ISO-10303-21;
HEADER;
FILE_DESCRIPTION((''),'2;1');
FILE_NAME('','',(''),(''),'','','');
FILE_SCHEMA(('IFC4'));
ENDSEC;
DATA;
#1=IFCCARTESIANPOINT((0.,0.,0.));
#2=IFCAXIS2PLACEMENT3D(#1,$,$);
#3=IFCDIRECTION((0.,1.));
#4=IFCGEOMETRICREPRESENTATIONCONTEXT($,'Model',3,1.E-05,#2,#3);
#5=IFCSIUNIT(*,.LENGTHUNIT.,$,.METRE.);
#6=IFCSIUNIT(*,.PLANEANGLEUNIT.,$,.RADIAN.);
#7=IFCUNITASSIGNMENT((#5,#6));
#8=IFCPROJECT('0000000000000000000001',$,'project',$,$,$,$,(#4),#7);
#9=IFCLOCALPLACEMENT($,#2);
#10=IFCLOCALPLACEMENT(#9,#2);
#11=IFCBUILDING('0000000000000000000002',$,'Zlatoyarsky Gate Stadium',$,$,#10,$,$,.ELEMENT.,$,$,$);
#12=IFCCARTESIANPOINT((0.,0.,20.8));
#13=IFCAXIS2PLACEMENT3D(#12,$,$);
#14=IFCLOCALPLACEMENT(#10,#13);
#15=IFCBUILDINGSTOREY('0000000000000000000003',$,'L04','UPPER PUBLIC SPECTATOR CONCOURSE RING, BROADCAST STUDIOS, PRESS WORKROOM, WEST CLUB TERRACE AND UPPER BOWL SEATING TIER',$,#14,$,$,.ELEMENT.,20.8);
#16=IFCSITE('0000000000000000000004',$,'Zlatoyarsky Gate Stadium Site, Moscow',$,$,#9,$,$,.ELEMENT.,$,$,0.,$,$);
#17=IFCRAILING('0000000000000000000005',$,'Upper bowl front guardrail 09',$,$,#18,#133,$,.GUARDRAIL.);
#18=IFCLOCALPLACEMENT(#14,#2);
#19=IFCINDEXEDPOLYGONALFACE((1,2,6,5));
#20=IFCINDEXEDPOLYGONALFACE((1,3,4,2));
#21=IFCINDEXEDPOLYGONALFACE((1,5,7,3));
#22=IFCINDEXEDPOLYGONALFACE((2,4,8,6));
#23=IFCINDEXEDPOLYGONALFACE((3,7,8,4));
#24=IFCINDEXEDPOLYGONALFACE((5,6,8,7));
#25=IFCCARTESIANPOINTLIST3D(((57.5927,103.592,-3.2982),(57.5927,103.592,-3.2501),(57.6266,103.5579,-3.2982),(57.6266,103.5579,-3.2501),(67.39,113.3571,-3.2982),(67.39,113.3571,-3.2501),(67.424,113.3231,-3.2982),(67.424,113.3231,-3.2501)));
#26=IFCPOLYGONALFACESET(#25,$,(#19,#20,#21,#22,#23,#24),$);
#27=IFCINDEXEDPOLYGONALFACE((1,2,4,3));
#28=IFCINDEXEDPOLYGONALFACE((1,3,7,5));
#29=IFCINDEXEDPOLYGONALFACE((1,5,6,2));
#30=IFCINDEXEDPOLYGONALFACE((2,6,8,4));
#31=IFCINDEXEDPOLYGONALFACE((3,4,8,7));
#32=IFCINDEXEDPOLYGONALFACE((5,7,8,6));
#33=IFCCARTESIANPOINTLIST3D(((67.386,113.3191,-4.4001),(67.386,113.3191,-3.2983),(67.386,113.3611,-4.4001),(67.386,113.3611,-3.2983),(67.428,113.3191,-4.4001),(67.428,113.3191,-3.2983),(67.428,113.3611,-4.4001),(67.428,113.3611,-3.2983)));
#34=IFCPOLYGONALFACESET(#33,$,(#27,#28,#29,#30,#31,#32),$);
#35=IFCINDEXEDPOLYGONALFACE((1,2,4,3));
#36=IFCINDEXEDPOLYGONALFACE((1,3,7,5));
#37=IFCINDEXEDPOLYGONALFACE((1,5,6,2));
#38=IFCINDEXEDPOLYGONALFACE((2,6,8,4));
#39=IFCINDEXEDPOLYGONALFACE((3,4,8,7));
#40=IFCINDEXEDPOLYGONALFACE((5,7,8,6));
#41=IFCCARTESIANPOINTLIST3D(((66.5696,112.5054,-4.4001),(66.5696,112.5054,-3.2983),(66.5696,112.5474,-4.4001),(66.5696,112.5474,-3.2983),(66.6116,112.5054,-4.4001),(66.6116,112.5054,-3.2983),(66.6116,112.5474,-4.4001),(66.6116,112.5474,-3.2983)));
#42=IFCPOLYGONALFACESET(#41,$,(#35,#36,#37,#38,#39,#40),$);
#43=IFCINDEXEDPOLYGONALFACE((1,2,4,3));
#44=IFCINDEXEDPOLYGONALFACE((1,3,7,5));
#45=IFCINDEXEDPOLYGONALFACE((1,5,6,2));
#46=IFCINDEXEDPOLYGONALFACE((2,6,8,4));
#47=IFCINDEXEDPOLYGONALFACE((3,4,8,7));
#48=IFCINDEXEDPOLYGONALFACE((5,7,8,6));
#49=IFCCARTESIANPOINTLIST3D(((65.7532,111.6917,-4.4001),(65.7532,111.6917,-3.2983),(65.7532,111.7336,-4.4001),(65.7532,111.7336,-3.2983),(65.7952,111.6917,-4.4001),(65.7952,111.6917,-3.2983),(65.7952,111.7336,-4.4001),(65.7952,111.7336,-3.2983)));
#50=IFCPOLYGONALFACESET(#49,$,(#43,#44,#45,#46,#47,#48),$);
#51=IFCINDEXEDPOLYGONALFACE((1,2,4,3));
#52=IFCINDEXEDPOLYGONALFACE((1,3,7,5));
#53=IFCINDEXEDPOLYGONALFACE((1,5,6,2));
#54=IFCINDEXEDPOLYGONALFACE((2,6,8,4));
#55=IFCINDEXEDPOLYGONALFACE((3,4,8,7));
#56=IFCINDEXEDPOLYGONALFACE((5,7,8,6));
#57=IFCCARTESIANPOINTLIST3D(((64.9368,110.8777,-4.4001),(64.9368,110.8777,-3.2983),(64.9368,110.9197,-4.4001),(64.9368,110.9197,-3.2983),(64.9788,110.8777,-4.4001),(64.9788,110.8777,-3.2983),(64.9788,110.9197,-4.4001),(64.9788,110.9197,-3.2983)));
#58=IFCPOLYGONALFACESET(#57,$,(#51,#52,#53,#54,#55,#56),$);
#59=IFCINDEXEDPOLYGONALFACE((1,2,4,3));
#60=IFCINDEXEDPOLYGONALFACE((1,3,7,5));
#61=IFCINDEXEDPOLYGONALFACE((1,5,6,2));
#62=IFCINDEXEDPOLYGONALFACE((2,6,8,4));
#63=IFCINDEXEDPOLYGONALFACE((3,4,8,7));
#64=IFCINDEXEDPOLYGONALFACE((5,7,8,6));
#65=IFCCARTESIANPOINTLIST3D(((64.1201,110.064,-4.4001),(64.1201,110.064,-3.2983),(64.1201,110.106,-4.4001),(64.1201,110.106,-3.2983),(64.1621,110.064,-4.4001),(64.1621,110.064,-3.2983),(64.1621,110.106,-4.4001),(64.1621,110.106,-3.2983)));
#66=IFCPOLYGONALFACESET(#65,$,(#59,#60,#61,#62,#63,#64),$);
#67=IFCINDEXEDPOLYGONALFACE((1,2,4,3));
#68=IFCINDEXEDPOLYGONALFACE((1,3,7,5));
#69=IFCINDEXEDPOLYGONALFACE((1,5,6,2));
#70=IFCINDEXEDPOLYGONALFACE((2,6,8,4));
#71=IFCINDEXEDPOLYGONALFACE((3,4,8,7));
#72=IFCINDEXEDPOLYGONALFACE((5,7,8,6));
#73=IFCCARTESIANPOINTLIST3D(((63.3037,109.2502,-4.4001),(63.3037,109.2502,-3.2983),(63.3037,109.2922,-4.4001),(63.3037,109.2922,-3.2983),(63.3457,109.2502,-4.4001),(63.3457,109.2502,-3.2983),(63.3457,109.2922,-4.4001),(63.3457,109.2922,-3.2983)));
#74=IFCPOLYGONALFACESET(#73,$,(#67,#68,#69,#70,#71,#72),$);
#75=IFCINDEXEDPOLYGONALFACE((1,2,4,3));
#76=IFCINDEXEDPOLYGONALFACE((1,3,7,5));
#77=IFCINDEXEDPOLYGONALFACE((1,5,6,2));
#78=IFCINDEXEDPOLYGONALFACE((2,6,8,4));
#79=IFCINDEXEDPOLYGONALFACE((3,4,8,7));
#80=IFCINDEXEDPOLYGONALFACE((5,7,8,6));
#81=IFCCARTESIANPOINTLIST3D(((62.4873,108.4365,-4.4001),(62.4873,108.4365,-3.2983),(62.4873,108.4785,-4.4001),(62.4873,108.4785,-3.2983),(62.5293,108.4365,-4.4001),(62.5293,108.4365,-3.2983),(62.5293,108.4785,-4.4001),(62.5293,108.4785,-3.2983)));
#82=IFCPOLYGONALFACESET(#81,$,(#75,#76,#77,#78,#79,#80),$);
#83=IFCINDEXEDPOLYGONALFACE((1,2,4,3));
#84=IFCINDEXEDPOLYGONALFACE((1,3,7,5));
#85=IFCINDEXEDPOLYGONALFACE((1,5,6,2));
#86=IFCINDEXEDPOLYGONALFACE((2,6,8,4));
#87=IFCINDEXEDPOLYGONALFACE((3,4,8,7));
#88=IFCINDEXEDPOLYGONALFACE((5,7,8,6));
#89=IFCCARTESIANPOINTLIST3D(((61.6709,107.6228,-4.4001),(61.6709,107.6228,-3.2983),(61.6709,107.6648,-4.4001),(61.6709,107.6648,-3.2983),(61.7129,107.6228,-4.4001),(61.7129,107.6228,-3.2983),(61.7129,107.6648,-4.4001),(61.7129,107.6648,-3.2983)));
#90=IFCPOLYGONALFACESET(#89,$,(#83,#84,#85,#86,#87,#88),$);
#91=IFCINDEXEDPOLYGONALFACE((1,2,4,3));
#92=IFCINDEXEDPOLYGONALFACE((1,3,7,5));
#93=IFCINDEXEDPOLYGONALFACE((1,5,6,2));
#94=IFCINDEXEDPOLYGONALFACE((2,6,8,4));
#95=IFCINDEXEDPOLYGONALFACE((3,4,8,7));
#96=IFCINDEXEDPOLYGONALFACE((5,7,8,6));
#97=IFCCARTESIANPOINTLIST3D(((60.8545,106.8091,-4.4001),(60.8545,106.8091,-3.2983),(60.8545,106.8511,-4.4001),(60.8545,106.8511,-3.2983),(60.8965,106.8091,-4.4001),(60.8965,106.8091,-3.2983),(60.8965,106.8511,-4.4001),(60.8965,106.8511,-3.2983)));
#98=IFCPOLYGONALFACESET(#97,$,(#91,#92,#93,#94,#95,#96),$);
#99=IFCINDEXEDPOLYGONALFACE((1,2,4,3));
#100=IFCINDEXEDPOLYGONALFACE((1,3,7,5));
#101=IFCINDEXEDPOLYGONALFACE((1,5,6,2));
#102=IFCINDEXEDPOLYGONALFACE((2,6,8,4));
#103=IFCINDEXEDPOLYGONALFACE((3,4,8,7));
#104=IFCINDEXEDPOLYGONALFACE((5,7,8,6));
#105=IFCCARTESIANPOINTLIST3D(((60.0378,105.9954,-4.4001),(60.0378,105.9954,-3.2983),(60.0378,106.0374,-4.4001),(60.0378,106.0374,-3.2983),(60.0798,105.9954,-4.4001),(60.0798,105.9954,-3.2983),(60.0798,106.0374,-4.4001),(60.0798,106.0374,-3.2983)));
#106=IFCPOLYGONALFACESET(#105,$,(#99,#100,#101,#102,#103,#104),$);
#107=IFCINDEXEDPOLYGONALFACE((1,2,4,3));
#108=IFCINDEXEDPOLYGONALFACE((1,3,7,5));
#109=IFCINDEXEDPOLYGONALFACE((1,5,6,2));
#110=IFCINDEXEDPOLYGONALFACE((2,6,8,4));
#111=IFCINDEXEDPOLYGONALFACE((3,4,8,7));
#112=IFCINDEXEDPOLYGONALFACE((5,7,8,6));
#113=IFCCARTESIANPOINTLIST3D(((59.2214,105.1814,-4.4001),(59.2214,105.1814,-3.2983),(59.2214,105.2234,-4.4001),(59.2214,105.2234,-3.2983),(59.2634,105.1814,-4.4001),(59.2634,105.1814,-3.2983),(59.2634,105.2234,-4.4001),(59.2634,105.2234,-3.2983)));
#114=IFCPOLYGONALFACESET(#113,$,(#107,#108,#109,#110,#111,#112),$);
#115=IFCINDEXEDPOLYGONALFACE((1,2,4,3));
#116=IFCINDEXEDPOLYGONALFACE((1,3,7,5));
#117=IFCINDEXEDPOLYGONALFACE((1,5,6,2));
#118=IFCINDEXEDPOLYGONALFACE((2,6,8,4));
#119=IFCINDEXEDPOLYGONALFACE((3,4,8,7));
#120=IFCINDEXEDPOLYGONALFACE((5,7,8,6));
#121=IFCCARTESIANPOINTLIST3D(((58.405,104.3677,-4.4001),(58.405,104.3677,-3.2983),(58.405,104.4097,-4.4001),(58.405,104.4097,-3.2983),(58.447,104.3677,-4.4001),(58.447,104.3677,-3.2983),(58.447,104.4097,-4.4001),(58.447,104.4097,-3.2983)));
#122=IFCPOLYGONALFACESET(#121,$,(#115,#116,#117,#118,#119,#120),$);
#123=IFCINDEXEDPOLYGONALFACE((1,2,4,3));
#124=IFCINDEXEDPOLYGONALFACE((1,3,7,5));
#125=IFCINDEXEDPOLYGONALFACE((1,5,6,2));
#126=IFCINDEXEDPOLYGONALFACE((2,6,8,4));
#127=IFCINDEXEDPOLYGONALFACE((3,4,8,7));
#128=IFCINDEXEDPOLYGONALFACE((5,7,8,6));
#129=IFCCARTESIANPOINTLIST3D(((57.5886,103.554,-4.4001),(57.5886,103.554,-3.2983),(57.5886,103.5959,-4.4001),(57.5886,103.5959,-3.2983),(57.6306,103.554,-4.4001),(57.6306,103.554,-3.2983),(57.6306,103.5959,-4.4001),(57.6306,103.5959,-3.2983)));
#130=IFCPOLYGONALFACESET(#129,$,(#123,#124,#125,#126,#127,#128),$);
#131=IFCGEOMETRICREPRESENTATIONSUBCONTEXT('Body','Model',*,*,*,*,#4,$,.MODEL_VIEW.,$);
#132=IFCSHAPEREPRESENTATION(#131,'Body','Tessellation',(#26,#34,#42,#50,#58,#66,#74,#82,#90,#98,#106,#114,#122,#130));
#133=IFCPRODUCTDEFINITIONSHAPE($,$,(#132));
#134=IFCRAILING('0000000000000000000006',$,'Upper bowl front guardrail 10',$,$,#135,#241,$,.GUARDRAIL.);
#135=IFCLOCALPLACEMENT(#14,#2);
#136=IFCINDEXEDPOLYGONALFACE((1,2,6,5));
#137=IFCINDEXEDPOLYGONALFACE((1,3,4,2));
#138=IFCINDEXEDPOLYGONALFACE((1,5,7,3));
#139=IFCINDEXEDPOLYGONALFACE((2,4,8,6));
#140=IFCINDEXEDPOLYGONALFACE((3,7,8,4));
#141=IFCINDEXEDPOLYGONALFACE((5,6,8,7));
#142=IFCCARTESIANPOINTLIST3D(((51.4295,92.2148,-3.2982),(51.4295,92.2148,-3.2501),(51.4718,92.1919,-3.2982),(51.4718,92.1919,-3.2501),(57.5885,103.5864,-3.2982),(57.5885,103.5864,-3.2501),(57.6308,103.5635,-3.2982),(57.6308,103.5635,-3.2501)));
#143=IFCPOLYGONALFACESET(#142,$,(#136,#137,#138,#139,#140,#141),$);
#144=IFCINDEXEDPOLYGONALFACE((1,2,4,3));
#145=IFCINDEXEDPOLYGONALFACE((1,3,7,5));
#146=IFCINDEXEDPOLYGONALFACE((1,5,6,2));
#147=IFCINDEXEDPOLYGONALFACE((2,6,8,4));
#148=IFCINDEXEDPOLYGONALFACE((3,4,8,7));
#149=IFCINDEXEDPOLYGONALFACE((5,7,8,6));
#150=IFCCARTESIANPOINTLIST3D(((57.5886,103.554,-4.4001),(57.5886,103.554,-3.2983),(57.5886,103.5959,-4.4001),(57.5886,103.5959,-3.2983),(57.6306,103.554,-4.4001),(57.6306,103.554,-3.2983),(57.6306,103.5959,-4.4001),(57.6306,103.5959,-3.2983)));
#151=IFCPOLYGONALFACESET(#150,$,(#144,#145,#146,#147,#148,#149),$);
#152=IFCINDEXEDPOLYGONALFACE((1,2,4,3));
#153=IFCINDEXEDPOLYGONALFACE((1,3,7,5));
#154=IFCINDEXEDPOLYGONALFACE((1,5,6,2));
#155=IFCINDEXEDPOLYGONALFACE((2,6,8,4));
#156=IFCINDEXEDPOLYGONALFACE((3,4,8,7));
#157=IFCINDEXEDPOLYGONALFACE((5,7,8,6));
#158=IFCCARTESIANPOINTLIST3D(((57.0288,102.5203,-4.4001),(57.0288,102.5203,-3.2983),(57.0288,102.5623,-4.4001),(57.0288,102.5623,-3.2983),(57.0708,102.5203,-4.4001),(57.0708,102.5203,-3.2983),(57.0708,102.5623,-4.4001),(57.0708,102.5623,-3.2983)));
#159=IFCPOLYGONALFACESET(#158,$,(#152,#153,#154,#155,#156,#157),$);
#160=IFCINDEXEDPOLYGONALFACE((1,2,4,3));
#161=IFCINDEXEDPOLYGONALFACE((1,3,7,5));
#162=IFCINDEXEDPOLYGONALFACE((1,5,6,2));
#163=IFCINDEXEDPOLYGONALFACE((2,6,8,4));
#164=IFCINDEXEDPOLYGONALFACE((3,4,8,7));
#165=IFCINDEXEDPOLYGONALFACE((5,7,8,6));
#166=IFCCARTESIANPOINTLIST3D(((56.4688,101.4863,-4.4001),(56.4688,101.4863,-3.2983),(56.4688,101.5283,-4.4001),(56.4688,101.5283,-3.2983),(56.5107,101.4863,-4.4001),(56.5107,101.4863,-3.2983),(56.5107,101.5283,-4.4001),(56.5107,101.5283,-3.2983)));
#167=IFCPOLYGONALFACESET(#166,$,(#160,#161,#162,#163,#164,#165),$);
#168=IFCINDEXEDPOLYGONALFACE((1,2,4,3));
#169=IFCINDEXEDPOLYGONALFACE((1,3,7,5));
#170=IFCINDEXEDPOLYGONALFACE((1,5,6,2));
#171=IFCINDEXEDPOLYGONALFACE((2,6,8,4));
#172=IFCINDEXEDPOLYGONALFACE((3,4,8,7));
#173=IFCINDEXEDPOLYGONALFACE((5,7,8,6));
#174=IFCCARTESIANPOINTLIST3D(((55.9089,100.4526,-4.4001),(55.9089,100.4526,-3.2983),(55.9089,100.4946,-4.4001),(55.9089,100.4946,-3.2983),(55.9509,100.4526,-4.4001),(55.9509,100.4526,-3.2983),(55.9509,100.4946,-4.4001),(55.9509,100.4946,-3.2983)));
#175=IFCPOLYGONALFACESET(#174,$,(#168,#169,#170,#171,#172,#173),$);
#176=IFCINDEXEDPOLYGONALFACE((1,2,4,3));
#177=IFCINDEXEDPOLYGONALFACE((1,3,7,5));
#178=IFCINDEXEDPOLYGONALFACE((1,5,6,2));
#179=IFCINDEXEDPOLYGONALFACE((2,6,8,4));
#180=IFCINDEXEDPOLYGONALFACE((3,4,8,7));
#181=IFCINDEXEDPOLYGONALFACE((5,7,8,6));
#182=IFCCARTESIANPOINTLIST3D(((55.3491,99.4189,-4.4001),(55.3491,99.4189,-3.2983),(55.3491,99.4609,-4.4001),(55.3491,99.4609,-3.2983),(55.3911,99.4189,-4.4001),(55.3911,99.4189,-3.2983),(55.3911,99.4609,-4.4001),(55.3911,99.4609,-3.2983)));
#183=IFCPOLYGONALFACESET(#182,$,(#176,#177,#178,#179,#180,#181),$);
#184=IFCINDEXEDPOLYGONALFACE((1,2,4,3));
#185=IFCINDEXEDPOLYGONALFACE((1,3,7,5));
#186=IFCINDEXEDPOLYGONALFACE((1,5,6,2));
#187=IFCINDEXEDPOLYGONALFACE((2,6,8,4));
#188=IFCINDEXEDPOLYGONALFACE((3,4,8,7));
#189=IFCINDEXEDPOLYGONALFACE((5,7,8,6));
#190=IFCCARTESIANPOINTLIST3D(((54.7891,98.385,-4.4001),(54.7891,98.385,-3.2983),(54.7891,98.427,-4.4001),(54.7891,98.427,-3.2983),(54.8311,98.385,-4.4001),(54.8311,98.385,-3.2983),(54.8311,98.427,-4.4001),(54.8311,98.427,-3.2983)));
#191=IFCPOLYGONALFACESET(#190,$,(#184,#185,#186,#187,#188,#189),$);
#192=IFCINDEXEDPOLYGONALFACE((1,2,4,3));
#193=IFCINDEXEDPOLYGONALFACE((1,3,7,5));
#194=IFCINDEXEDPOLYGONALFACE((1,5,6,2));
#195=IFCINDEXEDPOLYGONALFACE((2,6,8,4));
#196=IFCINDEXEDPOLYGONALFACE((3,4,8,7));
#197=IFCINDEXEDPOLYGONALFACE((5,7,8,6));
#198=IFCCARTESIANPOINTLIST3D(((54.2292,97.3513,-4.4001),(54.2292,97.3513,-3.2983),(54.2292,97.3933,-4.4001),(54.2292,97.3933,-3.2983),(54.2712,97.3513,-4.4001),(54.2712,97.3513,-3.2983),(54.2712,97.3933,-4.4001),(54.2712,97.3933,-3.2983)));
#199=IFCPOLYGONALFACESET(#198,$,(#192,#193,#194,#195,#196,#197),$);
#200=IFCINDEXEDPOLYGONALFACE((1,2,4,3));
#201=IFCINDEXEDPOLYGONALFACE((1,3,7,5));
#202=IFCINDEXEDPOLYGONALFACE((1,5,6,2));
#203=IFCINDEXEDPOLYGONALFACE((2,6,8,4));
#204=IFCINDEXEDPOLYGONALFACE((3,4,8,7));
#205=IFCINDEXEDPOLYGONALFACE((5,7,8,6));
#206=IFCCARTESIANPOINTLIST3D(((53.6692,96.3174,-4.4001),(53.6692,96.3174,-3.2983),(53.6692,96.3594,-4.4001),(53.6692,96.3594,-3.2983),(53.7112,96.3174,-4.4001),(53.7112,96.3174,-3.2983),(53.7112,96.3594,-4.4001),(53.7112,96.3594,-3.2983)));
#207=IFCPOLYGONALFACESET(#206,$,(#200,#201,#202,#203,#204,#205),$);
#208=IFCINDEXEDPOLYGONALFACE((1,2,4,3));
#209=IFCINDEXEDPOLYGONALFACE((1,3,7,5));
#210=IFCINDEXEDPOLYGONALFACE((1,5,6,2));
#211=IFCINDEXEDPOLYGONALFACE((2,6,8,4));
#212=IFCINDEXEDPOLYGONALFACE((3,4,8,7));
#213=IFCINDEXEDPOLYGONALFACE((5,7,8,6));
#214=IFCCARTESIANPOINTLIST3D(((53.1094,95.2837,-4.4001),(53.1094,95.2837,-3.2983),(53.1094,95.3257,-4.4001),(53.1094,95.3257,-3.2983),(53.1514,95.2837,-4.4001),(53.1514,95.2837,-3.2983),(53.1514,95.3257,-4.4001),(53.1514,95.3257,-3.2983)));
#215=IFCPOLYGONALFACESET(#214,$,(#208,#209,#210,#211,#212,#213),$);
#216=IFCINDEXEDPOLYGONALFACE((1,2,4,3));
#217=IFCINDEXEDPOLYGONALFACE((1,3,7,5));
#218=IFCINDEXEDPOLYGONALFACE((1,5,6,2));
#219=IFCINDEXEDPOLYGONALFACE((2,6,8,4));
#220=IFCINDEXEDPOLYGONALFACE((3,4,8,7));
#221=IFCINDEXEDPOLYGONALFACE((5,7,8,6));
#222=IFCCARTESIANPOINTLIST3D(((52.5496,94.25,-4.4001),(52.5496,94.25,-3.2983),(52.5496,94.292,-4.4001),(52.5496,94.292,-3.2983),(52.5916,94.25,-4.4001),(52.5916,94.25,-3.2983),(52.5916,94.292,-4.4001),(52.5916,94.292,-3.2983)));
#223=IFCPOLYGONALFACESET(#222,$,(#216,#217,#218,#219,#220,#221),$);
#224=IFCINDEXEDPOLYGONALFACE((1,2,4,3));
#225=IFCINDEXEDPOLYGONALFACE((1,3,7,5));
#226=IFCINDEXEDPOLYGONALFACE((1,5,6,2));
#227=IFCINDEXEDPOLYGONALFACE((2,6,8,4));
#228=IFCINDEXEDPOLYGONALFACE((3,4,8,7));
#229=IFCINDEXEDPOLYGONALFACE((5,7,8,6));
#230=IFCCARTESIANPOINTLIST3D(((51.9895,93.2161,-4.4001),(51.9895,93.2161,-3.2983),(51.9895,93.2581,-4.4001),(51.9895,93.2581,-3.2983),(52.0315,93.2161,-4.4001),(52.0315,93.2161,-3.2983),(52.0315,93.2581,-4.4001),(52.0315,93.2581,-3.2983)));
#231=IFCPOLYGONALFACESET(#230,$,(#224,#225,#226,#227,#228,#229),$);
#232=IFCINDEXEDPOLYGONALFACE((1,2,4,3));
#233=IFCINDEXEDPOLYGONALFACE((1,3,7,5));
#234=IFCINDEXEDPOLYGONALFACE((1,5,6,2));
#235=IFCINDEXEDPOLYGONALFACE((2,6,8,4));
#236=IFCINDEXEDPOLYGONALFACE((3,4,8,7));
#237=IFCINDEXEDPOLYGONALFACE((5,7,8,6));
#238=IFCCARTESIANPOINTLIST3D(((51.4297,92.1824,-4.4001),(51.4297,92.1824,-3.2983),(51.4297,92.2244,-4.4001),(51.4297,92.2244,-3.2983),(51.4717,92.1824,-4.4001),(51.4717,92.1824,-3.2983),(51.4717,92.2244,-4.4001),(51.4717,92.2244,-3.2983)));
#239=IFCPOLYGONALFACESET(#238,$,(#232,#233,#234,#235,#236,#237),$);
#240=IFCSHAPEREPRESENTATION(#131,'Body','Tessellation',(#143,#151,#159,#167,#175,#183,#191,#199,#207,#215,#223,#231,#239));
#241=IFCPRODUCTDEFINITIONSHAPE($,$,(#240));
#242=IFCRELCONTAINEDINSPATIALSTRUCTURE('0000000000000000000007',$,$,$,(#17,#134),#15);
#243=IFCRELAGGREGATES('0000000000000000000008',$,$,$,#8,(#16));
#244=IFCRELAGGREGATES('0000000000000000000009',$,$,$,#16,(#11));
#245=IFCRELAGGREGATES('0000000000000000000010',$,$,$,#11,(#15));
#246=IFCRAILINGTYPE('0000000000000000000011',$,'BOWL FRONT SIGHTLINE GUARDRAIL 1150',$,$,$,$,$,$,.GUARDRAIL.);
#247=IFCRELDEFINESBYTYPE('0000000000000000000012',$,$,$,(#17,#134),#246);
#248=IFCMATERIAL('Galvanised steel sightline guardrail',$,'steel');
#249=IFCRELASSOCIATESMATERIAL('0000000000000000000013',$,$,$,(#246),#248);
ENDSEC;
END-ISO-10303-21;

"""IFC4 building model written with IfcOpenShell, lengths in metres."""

from ifc_helpers import new_model, si_unit, direction, frame, origin, origin_2d, place, context, subcontext, project, spatial, rectangle, extrude, material, type_object, element, save


model = new_model("IFC4")

# Units and contexts
model_context = context("Model", 3, precision=1e-05, world=origin(), true_north=direction((0.0, 1.0)))
body_context = subcontext(model_context, "Body", "Model", "MODEL_VIEW")
ifc_project = project(units=[si_unit("LENGTHUNIT", "METRE"), si_unit("PLANEANGLEUNIT", "RADIAN")], contexts=[model_context])

# Site, building, storey
site_placement = place(None, origin())
site = spatial("IfcSite", under=ifc_project, at=site_placement, Name="Zlatoyarsky Gate Stadium Site, Moscow", CompositionType="ELEMENT", RefElevation=0.0)
building_placement = place(site_placement, origin())
building = spatial("IfcBuilding", under=site, at=building_placement, Name="Zlatoyarsky Gate Stadium", CompositionType="ELEMENT")
storey_placement = place(building_placement, frame((0.0, 0.0, 20.8)))
storey = spatial("IfcBuildingStorey", under=building, at=storey_placement, Name="L04", Description="UPPER PUBLIC SPECTATOR CONCOURSE RING, BROADCAST STUDIOS, PRESS WORKROOM, WEST CLUB TERRACE AND UPPER BOWL SEATING TIER", CompositionType="ELEMENT", Elevation=20.8)

# Railings
ifc_material_1 = material(Name="Galvanised steel sightline guardrail", Category="steel")
railing_type_1 = type_object("IfcRailingType", Name="BOWL FRONT SIGHTLINE GUARDRAIL 1150", PredefinedType="GUARDRAIL", material=ifc_material_1)
railing_1_placement = place(storey_placement, frame((67.407, 113.3401, -4.4001)))
element("IfcRailing", 1, at=railing_1_placement, inside=storey, type_object=railing_type_1, Name="Upper bowl front guardrail 09", PredefinedType="GUARDRAIL", context=body_context, shape_type="SweptSolid", body=[
    extrude(rectangle(XDim=0.0481, YDim=0.0481, at=origin_2d()), frame((0.0, 0.0, 1.126), z_axis=(-0.708271, -0.705941, 0.0), x_axis=(0.705941, -0.708271, 0.0)), (0.0, 0.0, 1.0), 13.8328),
    extrude(rectangle(XDim=0.042, YDim=0.042, at=origin_2d()), origin(), (0.0, 0.0, 1.0), 1.1018),
    extrude(rectangle(XDim=0.042, YDim=0.042, at=origin_2d()), frame((-0.8164, -0.8137, 0.0)), (0.0, 0.0, 1.0), 1.1018),
    extrude(rectangle(XDim=0.042, YDim=0.042, at=origin_2d()), frame((-1.6328, -1.6274, 0.0)), (0.0, 0.0, 1.0), 1.1018),
    extrude(rectangle(XDim=0.042, YDim=0.042, at=origin_2d()), frame((-2.4492, -2.4414, 0.0)), (0.0, 0.0, 1.0), 1.1018),
    extrude(rectangle(XDim=0.042, YDim=0.042, at=origin_2d()), frame((-3.2659, -3.2551, 0.0)), (0.0, 0.0, 1.0), 1.1018),
    extrude(rectangle(XDim=0.042, YDim=0.042, at=origin_2d()), frame((-4.0823, -4.0688, 0.0)), (0.0, 0.0, 1.0), 1.1018),
    extrude(rectangle(XDim=0.042, YDim=0.042, at=origin_2d()), frame((-4.8987, -4.8826, 0.0)), (0.0, 0.0, 1.0), 1.1018),
    extrude(rectangle(XDim=0.042, YDim=0.042, at=origin_2d()), frame((-5.7151, -5.6963, 0.0)), (0.0, 0.0, 1.0), 1.1018),
    extrude(rectangle(XDim=0.042, YDim=0.042, at=origin_2d()), frame((-6.5315, -6.51, 0.0)), (0.0, 0.0, 1.0), 1.1018),
    extrude(rectangle(XDim=0.042, YDim=0.042, at=origin_2d()), frame((-7.3481, -7.3237, 0.0)), (0.0, 0.0, 1.0), 1.1018),
    extrude(rectangle(XDim=0.042, YDim=0.042, at=origin_2d()), frame((-8.1646, -8.1377, 0.0)), (0.0, 0.0, 1.0), 1.1018),
    extrude(rectangle(XDim=0.042, YDim=0.042, at=origin_2d()), frame((-8.981, -8.9514, 0.0)), (0.0, 0.0, 1.0), 1.1018),
    extrude(rectangle(XDim=0.042, YDim=0.042, at=origin_2d()), frame((-9.7974, -9.7651, 0.0)), (0.0, 0.0, 1.0), 1.1018),
])
railing_2_placement = place(storey_placement, frame((57.6096, 103.575, -4.4001)))
element("IfcRailing", 2, at=railing_2_placement, inside=storey, type_object=railing_type_1, Name="Upper bowl front guardrail 10", PredefinedType="GUARDRAIL", context=body_context, shape_type="SweptSolid", body=[
    extrude(rectangle(XDim=0.0481, YDim=0.0481, at=origin_2d()), frame((0.0, 0.0, 1.126), z_axis=(-0.476243, -0.879314, 0.0), x_axis=(0.879314, -0.476243, 0.0)), (0.0, 0.0, 1.0), 12.9324),
    extrude(rectangle(XDim=0.042, YDim=0.042, at=origin_2d()), origin(), (0.0, 0.0, 1.0), 1.1018),
    extrude(rectangle(XDim=0.042, YDim=0.042, at=origin_2d()), frame((-0.5598, -1.0337, 0.0)), (0.0, 0.0, 1.0), 1.1018),
    extrude(rectangle(XDim=0.042, YDim=0.042, at=origin_2d()), frame((-1.1199, -2.0676, 0.0)), (0.0, 0.0, 1.0), 1.1018),
    extrude(rectangle(XDim=0.042, YDim=0.042, at=origin_2d()), frame((-1.6797, -3.1013, 0.0)), (0.0, 0.0, 1.0), 1.1018),
    extrude(rectangle(XDim=0.042, YDim=0.042, at=origin_2d()), frame((-2.2395, -4.135, 0.0)), (0.0, 0.0, 1.0), 1.1018),
    extrude(rectangle(XDim=0.042, YDim=0.042, at=origin_2d()), frame((-2.7996, -5.1689, 0.0)), (0.0, 0.0, 1.0), 1.1018),
    extrude(rectangle(XDim=0.042, YDim=0.042, at=origin_2d()), frame((-3.3594, -6.2026, 0.0)), (0.0, 0.0, 1.0), 1.1018),
    extrude(rectangle(XDim=0.042, YDim=0.042, at=origin_2d()), frame((-3.9194, -7.2366, 0.0)), (0.0, 0.0, 1.0), 1.1018),
    extrude(rectangle(XDim=0.042, YDim=0.042, at=origin_2d()), frame((-4.4792, -8.2703, 0.0)), (0.0, 0.0, 1.0), 1.1018),
    extrude(rectangle(XDim=0.042, YDim=0.042, at=origin_2d()), frame((-5.0391, -9.304, 0.0)), (0.0, 0.0, 1.0), 1.1018),
    extrude(rectangle(XDim=0.042, YDim=0.042, at=origin_2d()), frame((-5.5991, -10.3379, 0.0)), (0.0, 0.0, 1.0), 1.1018),
    extrude(rectangle(XDim=0.042, YDim=0.042, at=origin_2d()), frame((-6.1589, -11.3716, 0.0)), (0.0, 0.0, 1.0), 1.1018),
])

save(model, "model.ifc")
